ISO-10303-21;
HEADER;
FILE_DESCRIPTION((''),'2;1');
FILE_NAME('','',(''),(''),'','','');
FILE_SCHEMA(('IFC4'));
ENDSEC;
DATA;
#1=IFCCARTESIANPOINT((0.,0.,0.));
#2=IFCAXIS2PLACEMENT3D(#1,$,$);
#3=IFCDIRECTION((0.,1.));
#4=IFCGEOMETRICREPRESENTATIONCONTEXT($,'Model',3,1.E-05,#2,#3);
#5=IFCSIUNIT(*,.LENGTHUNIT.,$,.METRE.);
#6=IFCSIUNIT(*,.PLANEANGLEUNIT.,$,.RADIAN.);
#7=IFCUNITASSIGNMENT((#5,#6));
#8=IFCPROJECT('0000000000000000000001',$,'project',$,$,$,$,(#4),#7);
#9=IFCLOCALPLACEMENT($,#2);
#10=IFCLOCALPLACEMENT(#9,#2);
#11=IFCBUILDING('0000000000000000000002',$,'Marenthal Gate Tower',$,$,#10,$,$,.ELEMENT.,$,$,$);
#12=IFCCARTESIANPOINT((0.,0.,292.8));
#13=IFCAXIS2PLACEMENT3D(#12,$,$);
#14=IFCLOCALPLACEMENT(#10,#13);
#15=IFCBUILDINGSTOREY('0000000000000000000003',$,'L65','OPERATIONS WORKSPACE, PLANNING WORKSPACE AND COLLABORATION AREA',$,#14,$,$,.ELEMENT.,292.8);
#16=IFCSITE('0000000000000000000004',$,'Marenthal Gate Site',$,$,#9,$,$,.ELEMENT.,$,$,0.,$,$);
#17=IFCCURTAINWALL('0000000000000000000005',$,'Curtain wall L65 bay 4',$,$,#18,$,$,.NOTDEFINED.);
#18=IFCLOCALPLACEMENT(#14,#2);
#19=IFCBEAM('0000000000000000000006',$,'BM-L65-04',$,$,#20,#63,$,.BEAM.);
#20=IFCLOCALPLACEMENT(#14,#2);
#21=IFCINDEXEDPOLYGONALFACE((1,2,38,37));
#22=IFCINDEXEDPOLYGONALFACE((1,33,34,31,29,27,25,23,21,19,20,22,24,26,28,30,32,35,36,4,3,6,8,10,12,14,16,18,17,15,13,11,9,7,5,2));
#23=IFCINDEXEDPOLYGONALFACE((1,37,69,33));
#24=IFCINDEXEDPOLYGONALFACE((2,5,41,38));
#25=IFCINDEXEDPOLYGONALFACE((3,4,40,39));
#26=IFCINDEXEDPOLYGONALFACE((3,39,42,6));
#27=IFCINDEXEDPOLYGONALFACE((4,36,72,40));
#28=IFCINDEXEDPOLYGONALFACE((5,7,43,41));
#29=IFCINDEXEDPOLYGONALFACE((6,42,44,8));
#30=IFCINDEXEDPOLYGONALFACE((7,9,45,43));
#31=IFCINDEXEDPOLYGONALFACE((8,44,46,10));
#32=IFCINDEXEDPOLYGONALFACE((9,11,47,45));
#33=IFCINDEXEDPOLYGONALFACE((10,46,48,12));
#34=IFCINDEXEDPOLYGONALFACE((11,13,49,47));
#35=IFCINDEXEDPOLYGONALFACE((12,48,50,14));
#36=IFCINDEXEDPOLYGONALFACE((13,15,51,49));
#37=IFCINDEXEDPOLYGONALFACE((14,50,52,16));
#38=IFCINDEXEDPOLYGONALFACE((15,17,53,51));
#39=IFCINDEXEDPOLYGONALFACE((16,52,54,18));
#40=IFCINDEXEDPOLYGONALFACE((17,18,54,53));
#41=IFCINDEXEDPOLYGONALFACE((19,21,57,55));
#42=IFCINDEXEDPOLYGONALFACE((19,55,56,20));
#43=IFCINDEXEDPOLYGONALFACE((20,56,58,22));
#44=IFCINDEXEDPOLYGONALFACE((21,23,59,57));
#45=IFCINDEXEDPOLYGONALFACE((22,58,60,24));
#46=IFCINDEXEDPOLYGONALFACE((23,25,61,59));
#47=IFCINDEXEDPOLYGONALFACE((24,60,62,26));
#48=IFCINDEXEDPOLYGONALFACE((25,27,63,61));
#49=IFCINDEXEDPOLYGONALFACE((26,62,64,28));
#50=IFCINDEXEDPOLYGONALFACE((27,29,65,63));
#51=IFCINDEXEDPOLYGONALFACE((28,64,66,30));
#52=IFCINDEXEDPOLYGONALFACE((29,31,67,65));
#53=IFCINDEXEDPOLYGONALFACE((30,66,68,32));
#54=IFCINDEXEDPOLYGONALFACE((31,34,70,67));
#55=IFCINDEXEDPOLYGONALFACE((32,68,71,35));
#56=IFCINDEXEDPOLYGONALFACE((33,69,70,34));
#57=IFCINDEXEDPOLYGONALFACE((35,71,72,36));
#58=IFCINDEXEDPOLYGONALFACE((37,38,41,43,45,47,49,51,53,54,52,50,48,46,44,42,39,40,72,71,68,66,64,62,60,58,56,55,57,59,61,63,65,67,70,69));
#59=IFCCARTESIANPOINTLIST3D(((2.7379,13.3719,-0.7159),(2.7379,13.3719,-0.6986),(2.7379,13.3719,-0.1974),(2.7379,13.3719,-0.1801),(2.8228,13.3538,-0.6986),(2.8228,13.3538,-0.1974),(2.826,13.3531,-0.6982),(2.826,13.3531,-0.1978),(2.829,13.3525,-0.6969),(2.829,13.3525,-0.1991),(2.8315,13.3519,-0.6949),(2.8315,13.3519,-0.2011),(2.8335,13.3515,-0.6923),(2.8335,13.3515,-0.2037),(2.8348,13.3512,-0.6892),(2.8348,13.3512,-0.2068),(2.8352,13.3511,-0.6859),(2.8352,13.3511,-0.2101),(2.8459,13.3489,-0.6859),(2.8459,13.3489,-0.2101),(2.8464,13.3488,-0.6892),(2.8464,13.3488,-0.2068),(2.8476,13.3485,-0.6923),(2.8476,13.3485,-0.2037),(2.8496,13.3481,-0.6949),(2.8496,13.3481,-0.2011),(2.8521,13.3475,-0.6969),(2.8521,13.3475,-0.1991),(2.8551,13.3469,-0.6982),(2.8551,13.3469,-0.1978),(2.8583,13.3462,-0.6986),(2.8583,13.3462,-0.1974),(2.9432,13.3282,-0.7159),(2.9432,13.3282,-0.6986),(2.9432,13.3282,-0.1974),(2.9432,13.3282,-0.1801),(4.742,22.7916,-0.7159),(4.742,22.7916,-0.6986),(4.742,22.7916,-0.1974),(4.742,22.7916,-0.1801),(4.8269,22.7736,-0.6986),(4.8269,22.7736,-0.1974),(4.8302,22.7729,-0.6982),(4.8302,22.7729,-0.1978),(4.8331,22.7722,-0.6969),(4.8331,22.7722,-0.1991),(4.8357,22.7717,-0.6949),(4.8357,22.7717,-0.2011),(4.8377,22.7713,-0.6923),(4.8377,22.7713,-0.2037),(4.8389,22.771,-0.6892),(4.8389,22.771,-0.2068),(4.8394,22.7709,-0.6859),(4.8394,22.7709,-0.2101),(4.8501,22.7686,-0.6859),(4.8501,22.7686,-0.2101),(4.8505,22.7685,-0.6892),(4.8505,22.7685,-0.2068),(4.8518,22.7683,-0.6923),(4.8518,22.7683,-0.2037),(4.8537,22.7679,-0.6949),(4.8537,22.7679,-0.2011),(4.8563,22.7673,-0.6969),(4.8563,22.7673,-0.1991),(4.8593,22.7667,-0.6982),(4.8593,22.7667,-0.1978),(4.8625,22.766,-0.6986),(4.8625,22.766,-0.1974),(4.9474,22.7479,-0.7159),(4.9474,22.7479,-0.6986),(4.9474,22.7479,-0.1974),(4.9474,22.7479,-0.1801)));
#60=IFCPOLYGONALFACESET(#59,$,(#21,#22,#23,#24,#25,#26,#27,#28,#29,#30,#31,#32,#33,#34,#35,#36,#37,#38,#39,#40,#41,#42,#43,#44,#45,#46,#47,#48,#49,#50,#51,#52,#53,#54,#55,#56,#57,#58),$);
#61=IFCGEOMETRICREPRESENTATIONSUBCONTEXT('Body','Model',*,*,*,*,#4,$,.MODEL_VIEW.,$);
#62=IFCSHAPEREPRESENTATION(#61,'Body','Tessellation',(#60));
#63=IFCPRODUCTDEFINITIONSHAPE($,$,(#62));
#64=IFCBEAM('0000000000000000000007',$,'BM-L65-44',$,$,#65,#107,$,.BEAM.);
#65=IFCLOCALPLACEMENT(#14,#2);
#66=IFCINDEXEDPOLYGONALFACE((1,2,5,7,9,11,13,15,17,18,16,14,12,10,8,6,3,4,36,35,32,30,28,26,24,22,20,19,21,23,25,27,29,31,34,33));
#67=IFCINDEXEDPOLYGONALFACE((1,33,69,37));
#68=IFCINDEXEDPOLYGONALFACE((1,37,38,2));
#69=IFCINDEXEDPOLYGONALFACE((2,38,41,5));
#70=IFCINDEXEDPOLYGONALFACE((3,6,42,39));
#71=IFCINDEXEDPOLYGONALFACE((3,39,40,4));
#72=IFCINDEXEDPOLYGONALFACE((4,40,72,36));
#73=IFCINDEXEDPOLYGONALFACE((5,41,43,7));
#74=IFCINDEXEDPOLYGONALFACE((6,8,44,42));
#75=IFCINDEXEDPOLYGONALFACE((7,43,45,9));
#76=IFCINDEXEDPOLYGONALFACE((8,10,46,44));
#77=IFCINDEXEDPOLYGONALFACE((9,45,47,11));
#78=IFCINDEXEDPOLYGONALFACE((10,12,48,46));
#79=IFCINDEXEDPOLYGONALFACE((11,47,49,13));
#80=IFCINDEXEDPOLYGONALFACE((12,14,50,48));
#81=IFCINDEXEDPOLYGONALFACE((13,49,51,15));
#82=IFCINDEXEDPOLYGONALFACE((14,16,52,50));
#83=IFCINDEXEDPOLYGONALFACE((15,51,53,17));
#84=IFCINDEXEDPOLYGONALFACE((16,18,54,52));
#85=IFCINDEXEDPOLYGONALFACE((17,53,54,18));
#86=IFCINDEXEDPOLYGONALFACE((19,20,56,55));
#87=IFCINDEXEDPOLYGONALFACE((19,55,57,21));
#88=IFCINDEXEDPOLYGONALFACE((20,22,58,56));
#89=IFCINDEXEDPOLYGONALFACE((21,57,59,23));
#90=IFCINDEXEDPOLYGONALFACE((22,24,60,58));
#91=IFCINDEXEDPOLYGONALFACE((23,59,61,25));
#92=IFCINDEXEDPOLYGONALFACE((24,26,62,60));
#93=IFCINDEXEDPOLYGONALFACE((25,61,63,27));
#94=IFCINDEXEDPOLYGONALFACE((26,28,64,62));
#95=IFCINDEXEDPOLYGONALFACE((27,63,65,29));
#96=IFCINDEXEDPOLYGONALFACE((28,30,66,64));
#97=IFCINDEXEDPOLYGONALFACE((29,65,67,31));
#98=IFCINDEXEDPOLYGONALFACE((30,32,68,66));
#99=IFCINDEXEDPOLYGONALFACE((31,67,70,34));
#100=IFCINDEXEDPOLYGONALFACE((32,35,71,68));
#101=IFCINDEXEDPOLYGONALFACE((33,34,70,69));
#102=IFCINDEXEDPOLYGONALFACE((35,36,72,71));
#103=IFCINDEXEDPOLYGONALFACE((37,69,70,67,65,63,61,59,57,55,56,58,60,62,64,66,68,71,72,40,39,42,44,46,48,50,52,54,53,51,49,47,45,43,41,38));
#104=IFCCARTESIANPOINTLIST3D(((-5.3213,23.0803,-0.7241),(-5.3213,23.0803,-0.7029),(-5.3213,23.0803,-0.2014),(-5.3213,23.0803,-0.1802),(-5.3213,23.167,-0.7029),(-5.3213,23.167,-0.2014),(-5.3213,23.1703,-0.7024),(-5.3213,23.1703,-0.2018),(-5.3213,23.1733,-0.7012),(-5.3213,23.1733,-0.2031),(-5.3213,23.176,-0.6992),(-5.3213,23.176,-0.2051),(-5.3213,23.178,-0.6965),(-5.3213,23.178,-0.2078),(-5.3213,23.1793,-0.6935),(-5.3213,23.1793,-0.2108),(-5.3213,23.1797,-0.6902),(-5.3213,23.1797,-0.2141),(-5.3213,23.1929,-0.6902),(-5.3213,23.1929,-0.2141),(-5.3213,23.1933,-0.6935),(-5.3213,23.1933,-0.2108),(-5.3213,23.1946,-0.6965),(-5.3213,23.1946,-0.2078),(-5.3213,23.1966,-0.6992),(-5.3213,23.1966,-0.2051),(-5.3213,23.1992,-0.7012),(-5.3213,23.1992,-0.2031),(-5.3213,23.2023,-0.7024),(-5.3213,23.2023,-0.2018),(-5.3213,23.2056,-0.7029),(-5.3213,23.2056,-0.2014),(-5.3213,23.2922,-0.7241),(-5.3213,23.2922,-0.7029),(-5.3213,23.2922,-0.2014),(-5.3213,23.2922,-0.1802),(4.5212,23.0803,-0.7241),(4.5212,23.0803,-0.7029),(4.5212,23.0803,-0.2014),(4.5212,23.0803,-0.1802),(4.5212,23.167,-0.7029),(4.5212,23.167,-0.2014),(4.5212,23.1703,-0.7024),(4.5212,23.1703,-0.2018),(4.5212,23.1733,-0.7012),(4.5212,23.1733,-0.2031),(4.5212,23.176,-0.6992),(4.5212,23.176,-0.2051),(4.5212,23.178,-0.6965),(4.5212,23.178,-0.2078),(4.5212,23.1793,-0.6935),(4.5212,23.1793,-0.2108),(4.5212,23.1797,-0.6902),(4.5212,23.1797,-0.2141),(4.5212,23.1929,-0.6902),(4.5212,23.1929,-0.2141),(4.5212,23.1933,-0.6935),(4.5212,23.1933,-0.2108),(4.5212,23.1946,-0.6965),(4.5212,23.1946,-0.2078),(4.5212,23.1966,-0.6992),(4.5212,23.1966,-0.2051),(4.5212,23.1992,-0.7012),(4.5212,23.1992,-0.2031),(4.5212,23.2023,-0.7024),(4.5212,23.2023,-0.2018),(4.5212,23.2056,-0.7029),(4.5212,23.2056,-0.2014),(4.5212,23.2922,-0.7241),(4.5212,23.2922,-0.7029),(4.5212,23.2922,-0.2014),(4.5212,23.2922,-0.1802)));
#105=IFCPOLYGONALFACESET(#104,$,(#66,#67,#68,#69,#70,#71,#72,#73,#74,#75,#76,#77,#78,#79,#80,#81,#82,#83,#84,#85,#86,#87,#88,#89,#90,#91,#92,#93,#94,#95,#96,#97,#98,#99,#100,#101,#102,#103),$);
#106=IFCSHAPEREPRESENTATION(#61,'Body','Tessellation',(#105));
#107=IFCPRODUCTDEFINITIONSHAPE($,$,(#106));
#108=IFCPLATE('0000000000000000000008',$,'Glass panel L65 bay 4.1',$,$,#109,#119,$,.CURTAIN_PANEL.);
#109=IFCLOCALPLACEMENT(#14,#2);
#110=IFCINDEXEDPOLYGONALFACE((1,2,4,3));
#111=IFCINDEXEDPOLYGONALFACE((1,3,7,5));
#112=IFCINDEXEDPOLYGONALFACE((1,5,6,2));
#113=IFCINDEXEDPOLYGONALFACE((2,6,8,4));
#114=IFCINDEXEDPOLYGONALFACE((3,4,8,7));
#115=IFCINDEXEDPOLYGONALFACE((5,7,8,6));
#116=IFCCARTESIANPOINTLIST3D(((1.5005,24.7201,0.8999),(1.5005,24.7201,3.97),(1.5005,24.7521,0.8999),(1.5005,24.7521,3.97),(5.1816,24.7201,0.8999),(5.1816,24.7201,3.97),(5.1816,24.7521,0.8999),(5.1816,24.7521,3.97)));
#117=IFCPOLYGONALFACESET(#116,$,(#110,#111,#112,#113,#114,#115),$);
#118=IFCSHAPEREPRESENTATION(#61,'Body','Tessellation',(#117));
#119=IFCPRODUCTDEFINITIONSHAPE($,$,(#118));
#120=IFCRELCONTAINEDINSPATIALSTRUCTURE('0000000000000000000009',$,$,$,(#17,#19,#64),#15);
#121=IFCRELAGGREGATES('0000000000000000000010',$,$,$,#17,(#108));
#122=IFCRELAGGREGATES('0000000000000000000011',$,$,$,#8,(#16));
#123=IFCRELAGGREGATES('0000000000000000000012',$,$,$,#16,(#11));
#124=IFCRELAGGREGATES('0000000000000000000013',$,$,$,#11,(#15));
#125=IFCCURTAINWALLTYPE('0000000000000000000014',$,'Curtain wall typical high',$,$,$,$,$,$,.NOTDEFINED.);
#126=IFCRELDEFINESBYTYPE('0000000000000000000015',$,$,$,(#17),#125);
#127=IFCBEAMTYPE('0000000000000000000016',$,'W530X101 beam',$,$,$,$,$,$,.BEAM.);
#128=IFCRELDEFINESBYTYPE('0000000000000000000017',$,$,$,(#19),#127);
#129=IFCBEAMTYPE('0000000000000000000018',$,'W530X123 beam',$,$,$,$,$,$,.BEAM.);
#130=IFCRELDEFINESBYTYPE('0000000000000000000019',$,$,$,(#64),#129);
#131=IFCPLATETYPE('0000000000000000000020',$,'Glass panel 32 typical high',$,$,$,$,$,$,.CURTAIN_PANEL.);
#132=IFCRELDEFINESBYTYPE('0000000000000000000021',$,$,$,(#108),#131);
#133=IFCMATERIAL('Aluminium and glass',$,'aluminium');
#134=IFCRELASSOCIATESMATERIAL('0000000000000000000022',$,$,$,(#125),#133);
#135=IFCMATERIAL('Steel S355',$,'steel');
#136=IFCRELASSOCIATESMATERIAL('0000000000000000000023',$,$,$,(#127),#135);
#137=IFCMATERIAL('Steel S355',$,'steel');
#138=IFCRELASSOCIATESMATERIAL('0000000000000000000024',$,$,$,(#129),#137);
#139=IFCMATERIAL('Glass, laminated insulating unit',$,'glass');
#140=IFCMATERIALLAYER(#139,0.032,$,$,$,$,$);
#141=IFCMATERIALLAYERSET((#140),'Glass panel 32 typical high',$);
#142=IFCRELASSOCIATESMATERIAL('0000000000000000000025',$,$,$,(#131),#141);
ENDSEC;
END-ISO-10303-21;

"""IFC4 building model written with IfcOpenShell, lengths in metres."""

from ifc_helpers import new_model, si_unit, direction, frame, origin, origin_2d, place, context, subcontext, project, spatial, rectangle, i_section, extrude, material, layer, layer_set, material_profile, profile_set, type_object, element, aggregate, save


model = new_model("IFC4")

# Units and contexts
model_context = context("Model", 3, precision=1e-05, world=origin(), true_north=direction((0.0, 1.0)))
body_context = subcontext(model_context, "Body", "Model", "MODEL_VIEW")
ifc_project = project(units=[si_unit("LENGTHUNIT", "METRE"), si_unit("PLANEANGLEUNIT", "RADIAN")], contexts=[model_context])

# Site, building, storey
site_placement = place(None, origin())
site = spatial("IfcSite", under=ifc_project, at=site_placement, Name="Marenthal Gate Site", CompositionType="ELEMENT", RefElevation=0.0)
building_placement = place(site_placement, origin())
building = spatial("IfcBuilding", under=site, at=building_placement, Name="Marenthal Gate Tower", CompositionType="ELEMENT")
storey_placement = place(building_placement, frame((0.0, 0.0, 292.8)))
storey = spatial("IfcBuildingStorey", under=building, at=storey_placement, Name="L65", Description="OPERATIONS WORKSPACE, PLANNING WORKSPACE AND COLLABORATION AREA", CompositionType="ELEMENT", Elevation=292.8)

# Curtain wall
ifc_material_1 = material(Name="Aluminium and glass", Category="aluminium")
curtain_wall_type = type_object("IfcCurtainWallType", Name="Curtain wall typical high", PredefinedType="NOTDEFINED", material=ifc_material_1)
curtain_wall_placement = place(storey_placement, origin())
curtain_wall = element("IfcCurtainWall", 1, at=curtain_wall_placement, inside=storey, type_object=curtain_wall_type, Name="Curtain wall L65 bay 4", PredefinedType="NOTDEFINED")

# Beams
ifc_material_2 = material(Name="Steel S355", Category="steel")
ifc_material_profile_1 = material_profile(ifc_material_2, i_section(OverallWidth=0.21, OverallDepth=0.5359, WebThickness=0.011, FlangeThickness=0.0173, FilletRadius=0.0127, at=origin_2d()), Name="W530X101")
ifc_profile_set_1 = profile_set([ifc_material_profile_1], Name="Steel S355")
beam_type_1 = type_object("IfcBeamType", Name="W530X101 beam", PredefinedType="BEAM", material=ifc_profile_set_1)
beam_1_placement = place(storey_placement, frame((4.8447, 22.7698, -0.448), z_axis=(-0.208104, -0.978107, 0.0), x_axis=(0.978107, -0.208104, 0.0)))
element("IfcBeam", 2, at=beam_1_placement, inside=storey, type_object=beam_type_1, Name="BM-L65-04", PredefinedType="BEAM", context=body_context, shape_type="SweptSolid", body=[
    extrude(i_section(OverallWidth=0.21, OverallDepth=0.5359, WebThickness=0.011, FlangeThickness=0.0173, FilletRadius=0.0127, at=origin_2d()), origin(), (0.0, 0.0, 1.0), 9.6306),
])
ifc_material_3 = material(Name="Steel S355", Category="steel")
ifc_material_profile_2 = material_profile(ifc_material_3, i_section(OverallWidth=0.2119, OverallDepth=0.5439, WebThickness=0.0132, FlangeThickness=0.0212, FilletRadius=0.0127, at=origin_2d()), Name="W530X123")
ifc_profile_set_2 = profile_set([ifc_material_profile_2], Name="Steel S355")
beam_type_2 = type_object("IfcBeamType", Name="W530X123 beam", PredefinedType="BEAM", material=ifc_profile_set_2)
beam_2_placement = place(storey_placement, frame((4.5212, 23.1863, -0.4521), z_axis=(-1.0, 0.0, 0.0), x_axis=(0.0, -1.0, 0.0)))
element("IfcBeam", 3, at=beam_2_placement, inside=storey, type_object=beam_type_2, Name="BM-L65-44", PredefinedType="BEAM", context=body_context, shape_type="SweptSolid", body=[
    extrude(i_section(OverallWidth=0.2119, OverallDepth=0.5439, WebThickness=0.0132, FlangeThickness=0.0212, FilletRadius=0.0127, at=origin_2d()), origin(), (0.0, 0.0, 1.0), 9.8425),
])

# Plate
ifc_material_4 = material(Name="Glass, laminated insulating unit", Category="glass")
ifc_layer_1 = layer(ifc_material_4, 0.032)
ifc_layer_set_1 = layer_set([ifc_layer_1], Name="Glass panel 32 typical high")
plate_type = type_object("IfcPlateType", Name="Glass panel 32 typical high", PredefinedType="CURTAIN_PANEL", material=ifc_layer_set_1)
plate_placement = place(storey_placement, frame((3.3411, 24.7361, 0.8999), z_axis=(0.0, 0.0, 1.0), x_axis=(-1.0, 0.0, 0.0)))
plate = element("IfcPlate", 4, at=plate_placement, type_object=plate_type, Name="Glass panel L65 bay 4.1", PredefinedType="CURTAIN_PANEL", context=body_context, shape_type="SweptSolid", body=[
    extrude(rectangle(XDim=3.6812, YDim=0.032, at=origin_2d()), origin(), (0.0, 0.0, 1.0), 3.0701),
])
aggregate(curtain_wall, [plate])

save(model, "model.ifc")
